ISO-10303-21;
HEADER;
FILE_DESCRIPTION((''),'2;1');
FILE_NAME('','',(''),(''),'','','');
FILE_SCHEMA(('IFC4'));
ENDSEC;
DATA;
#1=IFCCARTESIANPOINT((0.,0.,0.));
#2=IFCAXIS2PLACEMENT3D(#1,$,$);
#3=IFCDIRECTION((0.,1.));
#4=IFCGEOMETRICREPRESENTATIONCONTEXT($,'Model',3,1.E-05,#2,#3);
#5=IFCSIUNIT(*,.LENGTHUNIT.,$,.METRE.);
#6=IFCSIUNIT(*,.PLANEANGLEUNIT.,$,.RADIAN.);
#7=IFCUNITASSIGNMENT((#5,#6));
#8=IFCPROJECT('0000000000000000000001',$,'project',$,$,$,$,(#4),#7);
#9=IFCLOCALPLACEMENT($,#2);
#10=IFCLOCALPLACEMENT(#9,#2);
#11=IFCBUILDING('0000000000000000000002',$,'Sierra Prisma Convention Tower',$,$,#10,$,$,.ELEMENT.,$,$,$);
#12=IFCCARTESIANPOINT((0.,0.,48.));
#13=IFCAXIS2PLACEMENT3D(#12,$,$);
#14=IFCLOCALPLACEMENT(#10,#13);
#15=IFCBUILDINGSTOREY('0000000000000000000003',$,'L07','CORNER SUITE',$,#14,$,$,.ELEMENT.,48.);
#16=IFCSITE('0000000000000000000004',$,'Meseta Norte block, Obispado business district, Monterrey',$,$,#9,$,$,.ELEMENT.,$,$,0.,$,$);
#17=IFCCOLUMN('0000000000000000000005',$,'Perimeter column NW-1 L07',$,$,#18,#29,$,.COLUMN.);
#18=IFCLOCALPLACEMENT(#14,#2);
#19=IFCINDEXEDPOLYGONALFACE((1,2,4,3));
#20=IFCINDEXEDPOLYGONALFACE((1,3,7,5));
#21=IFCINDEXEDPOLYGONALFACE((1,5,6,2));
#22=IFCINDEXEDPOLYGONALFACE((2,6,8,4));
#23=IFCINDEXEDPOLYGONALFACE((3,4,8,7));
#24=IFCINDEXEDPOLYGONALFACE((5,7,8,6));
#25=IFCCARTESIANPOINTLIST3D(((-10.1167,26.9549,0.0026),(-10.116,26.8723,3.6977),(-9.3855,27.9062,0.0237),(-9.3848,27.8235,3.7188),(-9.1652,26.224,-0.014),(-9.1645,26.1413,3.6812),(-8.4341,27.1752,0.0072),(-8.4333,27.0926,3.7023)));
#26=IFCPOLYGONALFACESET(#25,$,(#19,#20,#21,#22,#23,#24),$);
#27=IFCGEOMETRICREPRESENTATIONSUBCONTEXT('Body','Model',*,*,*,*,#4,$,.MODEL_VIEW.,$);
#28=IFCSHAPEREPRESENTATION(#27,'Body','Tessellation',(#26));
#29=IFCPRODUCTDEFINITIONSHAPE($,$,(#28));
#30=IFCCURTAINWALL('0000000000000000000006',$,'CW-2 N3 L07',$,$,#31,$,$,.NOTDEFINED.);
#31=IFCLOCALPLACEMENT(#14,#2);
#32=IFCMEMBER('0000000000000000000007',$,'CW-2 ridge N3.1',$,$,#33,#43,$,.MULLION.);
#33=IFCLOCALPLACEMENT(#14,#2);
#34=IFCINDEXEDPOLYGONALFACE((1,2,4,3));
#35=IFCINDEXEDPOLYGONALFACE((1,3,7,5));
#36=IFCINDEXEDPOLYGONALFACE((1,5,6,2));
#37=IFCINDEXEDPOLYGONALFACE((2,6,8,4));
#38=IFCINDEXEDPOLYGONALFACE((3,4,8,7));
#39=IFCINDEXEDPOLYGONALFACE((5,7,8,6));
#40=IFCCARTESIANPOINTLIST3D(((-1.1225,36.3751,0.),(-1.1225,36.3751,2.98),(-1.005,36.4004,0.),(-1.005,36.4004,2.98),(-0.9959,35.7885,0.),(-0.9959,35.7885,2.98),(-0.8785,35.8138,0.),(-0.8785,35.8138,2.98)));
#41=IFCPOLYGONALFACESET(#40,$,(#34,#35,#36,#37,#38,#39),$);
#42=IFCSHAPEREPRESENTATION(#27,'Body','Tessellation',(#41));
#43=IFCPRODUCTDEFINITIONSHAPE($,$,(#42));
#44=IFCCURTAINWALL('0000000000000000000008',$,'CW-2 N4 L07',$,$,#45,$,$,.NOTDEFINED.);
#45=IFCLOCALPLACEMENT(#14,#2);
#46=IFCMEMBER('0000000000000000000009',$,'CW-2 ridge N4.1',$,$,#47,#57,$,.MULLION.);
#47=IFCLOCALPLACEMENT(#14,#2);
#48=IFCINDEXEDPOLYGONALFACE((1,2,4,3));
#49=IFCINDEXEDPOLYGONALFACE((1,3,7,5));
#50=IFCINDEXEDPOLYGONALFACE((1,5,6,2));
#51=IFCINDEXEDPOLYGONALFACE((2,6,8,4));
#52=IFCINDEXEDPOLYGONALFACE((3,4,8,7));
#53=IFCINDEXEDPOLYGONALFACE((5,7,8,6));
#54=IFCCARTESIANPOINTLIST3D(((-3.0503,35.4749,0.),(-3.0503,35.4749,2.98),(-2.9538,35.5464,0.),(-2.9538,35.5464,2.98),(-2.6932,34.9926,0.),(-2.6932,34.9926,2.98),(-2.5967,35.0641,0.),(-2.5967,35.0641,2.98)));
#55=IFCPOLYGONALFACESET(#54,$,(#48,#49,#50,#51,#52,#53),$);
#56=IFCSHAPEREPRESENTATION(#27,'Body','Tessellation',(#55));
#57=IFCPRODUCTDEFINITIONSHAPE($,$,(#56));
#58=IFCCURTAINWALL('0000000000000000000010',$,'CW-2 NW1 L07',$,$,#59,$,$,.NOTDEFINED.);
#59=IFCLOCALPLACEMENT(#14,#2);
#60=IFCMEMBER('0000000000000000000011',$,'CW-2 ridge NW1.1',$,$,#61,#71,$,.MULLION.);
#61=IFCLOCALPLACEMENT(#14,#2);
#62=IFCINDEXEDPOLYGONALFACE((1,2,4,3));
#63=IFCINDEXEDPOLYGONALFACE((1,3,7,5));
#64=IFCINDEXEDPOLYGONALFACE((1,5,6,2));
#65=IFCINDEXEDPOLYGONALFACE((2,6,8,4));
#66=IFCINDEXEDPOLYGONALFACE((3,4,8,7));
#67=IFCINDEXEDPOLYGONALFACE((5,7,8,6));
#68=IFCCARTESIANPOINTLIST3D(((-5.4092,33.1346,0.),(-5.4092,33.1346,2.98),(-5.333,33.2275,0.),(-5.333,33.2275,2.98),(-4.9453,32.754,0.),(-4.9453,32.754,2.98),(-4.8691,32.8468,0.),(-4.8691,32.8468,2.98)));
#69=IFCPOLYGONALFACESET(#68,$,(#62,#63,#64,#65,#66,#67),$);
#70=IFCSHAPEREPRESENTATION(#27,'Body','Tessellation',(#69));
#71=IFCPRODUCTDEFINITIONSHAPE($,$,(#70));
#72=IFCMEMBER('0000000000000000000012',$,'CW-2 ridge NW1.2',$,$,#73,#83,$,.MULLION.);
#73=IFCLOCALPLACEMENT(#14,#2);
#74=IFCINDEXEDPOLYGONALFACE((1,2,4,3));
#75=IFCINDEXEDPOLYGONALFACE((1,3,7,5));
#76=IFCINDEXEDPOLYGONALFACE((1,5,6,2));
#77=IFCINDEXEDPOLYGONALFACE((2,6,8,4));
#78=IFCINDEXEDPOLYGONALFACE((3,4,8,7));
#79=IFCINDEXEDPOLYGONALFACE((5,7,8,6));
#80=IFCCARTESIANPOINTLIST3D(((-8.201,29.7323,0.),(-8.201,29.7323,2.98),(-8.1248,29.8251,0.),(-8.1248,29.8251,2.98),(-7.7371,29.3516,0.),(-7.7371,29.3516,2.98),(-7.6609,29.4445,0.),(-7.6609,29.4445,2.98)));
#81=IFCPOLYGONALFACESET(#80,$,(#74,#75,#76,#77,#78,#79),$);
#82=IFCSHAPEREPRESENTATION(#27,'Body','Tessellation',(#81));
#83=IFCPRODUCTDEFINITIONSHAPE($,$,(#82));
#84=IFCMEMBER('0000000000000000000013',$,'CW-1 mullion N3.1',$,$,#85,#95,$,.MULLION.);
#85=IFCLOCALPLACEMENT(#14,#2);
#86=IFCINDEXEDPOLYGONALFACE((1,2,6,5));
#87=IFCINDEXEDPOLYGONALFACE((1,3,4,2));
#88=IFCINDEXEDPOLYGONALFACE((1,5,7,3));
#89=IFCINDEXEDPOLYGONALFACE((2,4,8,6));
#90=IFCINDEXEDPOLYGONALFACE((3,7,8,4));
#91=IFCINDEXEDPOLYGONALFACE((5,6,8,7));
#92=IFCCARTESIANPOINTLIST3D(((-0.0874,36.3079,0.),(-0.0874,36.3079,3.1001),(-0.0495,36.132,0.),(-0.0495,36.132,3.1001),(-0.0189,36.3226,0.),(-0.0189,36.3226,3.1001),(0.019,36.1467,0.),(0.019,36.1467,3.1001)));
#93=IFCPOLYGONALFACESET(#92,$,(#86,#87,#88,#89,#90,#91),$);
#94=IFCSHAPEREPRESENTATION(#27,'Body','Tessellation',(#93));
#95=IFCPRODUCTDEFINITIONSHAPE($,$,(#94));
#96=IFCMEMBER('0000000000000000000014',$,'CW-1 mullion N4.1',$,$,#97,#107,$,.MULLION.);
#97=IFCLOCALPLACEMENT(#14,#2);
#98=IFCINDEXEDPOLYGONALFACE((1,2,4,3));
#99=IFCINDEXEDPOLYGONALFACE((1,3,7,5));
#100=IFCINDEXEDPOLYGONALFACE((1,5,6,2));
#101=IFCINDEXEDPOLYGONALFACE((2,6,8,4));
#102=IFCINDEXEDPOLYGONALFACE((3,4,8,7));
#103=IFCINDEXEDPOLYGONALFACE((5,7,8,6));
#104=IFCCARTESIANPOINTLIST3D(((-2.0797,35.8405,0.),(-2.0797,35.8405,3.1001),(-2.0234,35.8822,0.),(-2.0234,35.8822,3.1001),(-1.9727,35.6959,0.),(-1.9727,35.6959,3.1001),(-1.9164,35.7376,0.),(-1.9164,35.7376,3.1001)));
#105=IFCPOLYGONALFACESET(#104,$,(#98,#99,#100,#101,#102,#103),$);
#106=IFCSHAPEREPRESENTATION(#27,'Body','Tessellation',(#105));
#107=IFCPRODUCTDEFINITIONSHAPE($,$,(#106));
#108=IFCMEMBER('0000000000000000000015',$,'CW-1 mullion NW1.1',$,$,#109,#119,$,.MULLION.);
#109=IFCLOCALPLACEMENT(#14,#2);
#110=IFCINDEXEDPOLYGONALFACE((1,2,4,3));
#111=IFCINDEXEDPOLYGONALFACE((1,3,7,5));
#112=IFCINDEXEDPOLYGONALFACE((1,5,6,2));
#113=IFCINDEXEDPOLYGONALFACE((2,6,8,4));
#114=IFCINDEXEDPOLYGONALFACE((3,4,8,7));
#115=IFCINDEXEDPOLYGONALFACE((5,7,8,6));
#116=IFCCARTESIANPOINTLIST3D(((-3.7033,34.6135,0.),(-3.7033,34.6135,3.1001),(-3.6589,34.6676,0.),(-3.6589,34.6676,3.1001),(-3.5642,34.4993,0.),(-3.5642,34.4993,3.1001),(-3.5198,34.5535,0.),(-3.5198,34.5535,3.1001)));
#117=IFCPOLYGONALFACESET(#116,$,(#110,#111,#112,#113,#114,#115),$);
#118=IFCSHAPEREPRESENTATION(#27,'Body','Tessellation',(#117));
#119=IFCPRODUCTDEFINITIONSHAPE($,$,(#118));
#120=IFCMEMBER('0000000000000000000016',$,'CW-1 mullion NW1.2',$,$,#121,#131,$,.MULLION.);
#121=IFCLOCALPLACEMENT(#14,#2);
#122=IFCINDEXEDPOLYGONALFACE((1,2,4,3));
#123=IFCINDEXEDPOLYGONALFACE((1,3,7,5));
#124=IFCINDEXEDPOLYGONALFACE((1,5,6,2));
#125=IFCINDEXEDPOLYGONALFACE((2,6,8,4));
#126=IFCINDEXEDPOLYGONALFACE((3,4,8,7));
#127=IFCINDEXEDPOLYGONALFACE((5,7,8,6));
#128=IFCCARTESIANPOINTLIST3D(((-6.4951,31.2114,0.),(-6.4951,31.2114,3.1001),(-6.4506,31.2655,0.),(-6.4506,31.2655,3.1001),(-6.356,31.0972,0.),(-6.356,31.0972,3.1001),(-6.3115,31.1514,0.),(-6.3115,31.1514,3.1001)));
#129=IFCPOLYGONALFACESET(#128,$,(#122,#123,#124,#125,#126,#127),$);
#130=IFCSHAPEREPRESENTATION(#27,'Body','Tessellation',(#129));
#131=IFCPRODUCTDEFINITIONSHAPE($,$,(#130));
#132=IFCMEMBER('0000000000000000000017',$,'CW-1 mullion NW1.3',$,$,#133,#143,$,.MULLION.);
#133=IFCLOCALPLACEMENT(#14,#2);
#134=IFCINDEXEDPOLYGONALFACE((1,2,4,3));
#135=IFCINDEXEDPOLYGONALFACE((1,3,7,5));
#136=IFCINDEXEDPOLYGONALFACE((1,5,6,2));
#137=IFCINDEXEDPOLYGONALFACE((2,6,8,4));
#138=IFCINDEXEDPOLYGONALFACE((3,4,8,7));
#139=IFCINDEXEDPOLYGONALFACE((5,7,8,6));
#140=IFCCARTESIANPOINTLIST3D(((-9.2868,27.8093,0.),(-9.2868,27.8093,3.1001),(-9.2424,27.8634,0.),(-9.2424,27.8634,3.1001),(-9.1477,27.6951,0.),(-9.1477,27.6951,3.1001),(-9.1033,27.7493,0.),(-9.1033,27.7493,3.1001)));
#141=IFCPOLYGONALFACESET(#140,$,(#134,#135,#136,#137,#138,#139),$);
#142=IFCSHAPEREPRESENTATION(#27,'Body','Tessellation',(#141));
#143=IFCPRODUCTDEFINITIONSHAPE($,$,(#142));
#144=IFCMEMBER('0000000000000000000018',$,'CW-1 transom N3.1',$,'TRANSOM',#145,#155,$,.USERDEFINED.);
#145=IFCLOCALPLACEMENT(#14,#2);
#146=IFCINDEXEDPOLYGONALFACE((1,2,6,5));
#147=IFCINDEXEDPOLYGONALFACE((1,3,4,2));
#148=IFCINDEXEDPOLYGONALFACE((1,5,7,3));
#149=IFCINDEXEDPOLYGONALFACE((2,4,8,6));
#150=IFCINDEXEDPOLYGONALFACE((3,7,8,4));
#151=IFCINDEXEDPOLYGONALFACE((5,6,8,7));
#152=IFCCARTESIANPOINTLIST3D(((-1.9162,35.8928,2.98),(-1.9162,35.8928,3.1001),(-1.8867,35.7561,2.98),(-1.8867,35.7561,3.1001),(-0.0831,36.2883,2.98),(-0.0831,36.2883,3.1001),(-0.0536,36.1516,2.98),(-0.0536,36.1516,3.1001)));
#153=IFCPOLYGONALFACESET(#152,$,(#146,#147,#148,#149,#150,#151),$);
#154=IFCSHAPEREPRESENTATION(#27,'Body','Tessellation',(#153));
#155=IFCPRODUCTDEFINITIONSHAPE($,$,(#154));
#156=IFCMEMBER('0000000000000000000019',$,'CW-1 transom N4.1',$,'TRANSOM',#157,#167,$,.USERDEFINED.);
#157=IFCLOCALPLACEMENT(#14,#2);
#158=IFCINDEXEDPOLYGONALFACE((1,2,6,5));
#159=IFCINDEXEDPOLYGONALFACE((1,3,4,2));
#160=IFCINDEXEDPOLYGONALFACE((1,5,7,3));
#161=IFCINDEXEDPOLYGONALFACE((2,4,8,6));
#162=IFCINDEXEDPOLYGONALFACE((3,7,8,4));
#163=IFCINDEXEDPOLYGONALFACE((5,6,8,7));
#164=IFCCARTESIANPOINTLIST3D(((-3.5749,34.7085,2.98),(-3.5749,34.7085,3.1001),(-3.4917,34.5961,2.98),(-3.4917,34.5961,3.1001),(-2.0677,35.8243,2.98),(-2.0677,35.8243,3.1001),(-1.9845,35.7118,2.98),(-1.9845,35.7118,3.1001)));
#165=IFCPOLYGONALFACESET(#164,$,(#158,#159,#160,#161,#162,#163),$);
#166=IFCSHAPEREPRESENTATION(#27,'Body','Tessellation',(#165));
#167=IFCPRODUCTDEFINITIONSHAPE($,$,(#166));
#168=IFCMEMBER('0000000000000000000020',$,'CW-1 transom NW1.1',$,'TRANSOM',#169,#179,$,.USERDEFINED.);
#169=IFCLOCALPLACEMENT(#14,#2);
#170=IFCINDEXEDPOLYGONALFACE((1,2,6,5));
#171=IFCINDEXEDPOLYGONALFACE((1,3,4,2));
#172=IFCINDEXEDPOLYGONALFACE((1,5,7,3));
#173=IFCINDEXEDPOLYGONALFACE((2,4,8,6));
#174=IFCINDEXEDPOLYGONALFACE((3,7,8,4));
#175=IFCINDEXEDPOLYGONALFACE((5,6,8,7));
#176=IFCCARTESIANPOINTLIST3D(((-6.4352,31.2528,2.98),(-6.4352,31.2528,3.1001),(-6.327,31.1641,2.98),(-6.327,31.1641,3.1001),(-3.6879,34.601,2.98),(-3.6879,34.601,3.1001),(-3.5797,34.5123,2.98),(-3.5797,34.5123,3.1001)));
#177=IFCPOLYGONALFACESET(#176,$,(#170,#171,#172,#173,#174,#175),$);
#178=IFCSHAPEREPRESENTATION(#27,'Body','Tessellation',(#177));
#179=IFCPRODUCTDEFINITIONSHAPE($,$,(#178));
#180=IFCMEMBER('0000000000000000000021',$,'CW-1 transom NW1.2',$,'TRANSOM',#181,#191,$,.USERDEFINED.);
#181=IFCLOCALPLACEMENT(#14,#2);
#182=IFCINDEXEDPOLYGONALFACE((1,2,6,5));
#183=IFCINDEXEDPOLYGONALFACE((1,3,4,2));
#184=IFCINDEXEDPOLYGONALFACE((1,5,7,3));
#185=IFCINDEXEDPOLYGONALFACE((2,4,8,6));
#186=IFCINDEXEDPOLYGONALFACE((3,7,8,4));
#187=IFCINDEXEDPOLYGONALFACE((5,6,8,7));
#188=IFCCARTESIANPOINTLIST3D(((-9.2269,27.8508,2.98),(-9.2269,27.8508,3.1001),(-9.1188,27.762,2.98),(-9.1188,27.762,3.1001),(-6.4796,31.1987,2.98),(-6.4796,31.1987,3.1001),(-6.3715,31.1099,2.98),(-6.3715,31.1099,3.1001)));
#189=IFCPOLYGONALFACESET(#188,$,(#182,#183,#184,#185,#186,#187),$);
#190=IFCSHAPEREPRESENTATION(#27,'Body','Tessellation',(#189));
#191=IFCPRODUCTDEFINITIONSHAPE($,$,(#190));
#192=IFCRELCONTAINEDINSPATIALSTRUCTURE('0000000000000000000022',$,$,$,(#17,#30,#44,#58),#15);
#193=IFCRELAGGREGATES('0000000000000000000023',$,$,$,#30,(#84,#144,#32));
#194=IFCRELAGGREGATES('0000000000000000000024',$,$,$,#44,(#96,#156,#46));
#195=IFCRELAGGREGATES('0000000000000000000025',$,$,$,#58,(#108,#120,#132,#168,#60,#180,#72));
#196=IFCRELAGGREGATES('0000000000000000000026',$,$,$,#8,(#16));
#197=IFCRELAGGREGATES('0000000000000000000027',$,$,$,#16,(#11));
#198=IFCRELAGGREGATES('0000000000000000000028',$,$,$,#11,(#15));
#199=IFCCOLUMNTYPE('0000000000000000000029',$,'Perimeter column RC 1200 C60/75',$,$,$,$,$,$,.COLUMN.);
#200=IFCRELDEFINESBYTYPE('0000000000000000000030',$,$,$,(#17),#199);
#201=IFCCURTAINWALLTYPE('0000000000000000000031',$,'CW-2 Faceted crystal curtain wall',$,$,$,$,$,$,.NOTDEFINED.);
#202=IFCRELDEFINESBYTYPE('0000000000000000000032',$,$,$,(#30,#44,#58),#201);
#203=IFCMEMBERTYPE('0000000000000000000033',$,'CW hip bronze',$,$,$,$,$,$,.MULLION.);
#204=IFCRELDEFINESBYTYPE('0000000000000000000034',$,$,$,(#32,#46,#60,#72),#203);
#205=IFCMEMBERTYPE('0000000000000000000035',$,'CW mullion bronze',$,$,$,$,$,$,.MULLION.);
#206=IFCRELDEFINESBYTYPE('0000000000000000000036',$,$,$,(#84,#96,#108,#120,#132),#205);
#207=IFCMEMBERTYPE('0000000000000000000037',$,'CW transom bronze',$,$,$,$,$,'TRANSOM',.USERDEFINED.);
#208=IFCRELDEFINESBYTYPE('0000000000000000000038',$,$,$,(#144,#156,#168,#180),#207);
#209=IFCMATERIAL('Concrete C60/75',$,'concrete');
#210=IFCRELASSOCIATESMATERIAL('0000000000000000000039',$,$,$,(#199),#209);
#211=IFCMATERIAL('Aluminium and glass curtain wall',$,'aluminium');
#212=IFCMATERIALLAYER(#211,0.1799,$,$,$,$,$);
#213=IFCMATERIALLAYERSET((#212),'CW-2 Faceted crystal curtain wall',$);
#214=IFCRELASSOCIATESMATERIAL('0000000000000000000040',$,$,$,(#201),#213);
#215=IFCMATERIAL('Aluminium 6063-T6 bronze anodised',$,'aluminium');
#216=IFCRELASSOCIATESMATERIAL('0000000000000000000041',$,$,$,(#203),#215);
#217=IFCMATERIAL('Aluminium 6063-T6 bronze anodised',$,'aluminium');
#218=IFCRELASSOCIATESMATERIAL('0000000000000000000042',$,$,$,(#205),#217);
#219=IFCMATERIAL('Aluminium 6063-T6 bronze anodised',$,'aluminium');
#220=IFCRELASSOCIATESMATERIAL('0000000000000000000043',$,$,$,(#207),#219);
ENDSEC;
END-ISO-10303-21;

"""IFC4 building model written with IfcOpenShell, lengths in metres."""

from ifc_helpers import new_model, si_unit, direction, frame, origin, origin_2d, place, context, subcontext, project, spatial, rectangle, extrude, clip, halfspace, material, layer, layer_set, material_profile, profile_set, type_object, element, aggregate, save


model = new_model("IFC4")

# Units and contexts
model_context = context("Model", 3, precision=1e-05, world=origin(), true_north=direction((0.0, 1.0)))
body_context = subcontext(model_context, "Body", "Model", "MODEL_VIEW")
ifc_project = project(units=[si_unit("LENGTHUNIT", "METRE"), si_unit("PLANEANGLEUNIT", "RADIAN")], contexts=[model_context])

# Site, building, storey
site_placement = place(None, origin())
site = spatial("IfcSite", under=ifc_project, at=site_placement, Name="Meseta Norte block, Obispado business district, Monterrey", CompositionType="ELEMENT", RefElevation=0.0)
building_placement = place(site_placement, origin())
building = spatial("IfcBuilding", under=site, at=building_placement, Name="Sierra Prisma Convention Tower", CompositionType="ELEMENT")
storey_placement = place(building_placement, frame((0.0, 0.0, 48.0)))
storey = spatial("IfcBuildingStorey", under=building, at=storey_placement, Name="L07", Description="CORNER SUITE", CompositionType="ELEMENT", Elevation=48.0)

# Column
ifc_material_1 = material(Name="Concrete C60/75", Category="concrete")
ifc_material_profile_1 = material_profile(ifc_material_1, rectangle(XDim=1.2, YDim=1.2, at=origin_2d()), Name="Perimeter column RC 1200 C60/75")
ifc_profile_set_1 = profile_set([ifc_material_profile_1], Name="Concrete C60/75")
column_type = type_object("IfcColumnType", Name="Perimeter column RC 1200 C60/75", PredefinedType="COLUMN", material=ifc_profile_set_1)
column_placement = place(storey_placement, frame((-9.2754, 27.0652, 0.0), z_axis=(0.000198, -0.022363, 0.99975), x_axis=(0.609322, 0.792727, 0.017612)))
element("IfcColumn", 1, at=column_placement, inside=storey, type_object=column_type, Name="Perimeter column NW-1 L07", PredefinedType="COLUMN", context=body_context, shape_type="SweptSolid", body=[
    clip(extrude(rectangle(XDim=1.2, YDim=1.2, at=origin_2d()), origin(), (0.0, 0.0, 1.0), 3.7009), halfspace(frame((0.0, 0.0, 0.0049)), True)),
])

# Curtain walls, members
ifc_material_2 = material(Name="Aluminium and glass curtain wall", Category="aluminium")
ifc_layer_1 = layer(ifc_material_2, 0.1799)
ifc_layer_set_1 = layer_set([ifc_layer_1], Name="CW-2 Faceted crystal curtain wall")
curtain_wall_type = type_object("IfcCurtainWallType", Name="CW-2 Faceted crystal curtain wall", PredefinedType="NOTDEFINED", material=ifc_layer_set_1)
curtain_wall_1_placement = place(storey_placement, origin())
curtain_wall_1 = element("IfcCurtainWall", 2, at=curtain_wall_1_placement, inside=storey, type_object=curtain_wall_type, Name="CW-2 N3 L07", PredefinedType="NOTDEFINED")
ifc_material_3 = material(Name="Aluminium 6063-T6 bronze anodised", Category="aluminium")
ifc_material_profile_2 = material_profile(ifc_material_3, rectangle(XDim=0.1201, YDim=0.6001, at=origin_2d()), Name="ALU RIDGE BLADE 120x600")
ifc_profile_set_2 = profile_set([ifc_material_profile_2], Name="Aluminium 6063-T6 bronze anodised")
member_type_1 = type_object("IfcMemberType", Name="CW hip bronze", PredefinedType="MULLION", material=ifc_profile_set_2)
member_1_placement = place(storey_placement, frame((-1.0005, 36.0945, 0.0), z_axis=(0.0, 0.0, 1.0), x_axis=(-0.977518, -0.210853, 0.0)))
member_1 = element("IfcMember", 3, at=member_1_placement, type_object=member_type_1, Name="CW-2 ridge N3.1", PredefinedType="MULLION", context=body_context, shape_type="SweptSolid", body=[
    extrude(rectangle(XDim=0.1201, YDim=0.6001, at=origin_2d()), origin(), (0.0, 0.0, 1.0), 2.98),
])
curtain_wall_2_placement = place(storey_placement, origin())
curtain_wall_2 = element("IfcCurtainWall", 4, at=curtain_wall_2_placement, inside=storey, type_object=curtain_wall_type, Name="CW-2 N4 L07", PredefinedType="NOTDEFINED")
member_2_placement = place(storey_placement, frame((-2.8235, 35.2695, 0.0), z_axis=(0.0, 0.0, 1.0), x_axis=(-0.80368, -0.595061, 0.0)))
member_2 = element("IfcMember", 5, at=member_2_placement, type_object=member_type_1, Name="CW-2 ridge N4.1", PredefinedType="MULLION", context=body_context, shape_type="SweptSolid", body=[
    extrude(rectangle(XDim=0.1201, YDim=0.6001, at=origin_2d()), origin(), (0.0, 0.0, 1.0), 2.98),
])

# Curtain wall, members
curtain_wall_3_placement = place(storey_placement, origin())
curtain_wall_3 = element("IfcCurtainWall", 6, at=curtain_wall_3_placement, inside=storey, type_object=curtain_wall_type, Name="CW-2 NW1 L07", PredefinedType="NOTDEFINED")
member_3_placement = place(storey_placement, frame((-5.1392, 32.9907, 0.0), z_axis=(0.0, 0.0, 1.0), x_axis=(-0.634349, -0.773047, 0.0)))
member_3 = element("IfcMember", 7, at=member_3_placement, type_object=member_type_1, Name="CW-2 ridge NW1.1", PredefinedType="MULLION", context=body_context, shape_type="SweptSolid", body=[
    extrude(rectangle(XDim=0.1201, YDim=0.6001, at=origin_2d()), origin(), (0.0, 0.0, 1.0), 2.98),
])
member_4_placement = place(storey_placement, frame((-7.9309, 29.5884, 0.0), z_axis=(0.0, 0.0, 1.0), x_axis=(-0.634349, -0.773047, 0.0)))
member_4 = element("IfcMember", 8, at=member_4_placement, type_object=member_type_1, Name="CW-2 ridge NW1.2", PredefinedType="MULLION", context=body_context, shape_type="SweptSolid", body=[
    extrude(rectangle(XDim=0.1201, YDim=0.6001, at=origin_2d()), origin(), (0.0, 0.0, 1.0), 2.98),
])

# Members
ifc_material_4 = material(Name="Aluminium 6063-T6 bronze anodised", Category="aluminium")
ifc_material_profile_3 = material_profile(ifc_material_4, rectangle(XDim=0.1799, YDim=0.0701, at=origin_2d()), Name="ALU MULLION 70x180")
ifc_profile_set_3 = profile_set([ifc_material_profile_3], Name="Aluminium 6063-T6 bronze anodised")
member_type_2 = type_object("IfcMemberType", Name="CW mullion bronze", PredefinedType="MULLION", material=ifc_profile_set_3)
member_5_placement = place(storey_placement, frame((-0.0342, 36.2273, 0.0), z_axis=(0.0, 0.0, 1.0), x_axis=(0.210853, -0.977518, 0.0)))
member_5 = element("IfcMember", 9, at=member_5_placement, type_object=member_type_2, Name="CW-1 mullion N3.1", PredefinedType="MULLION", context=body_context, shape_type="SweptSolid", body=[
    extrude(rectangle(XDim=0.1799, YDim=0.0701, at=origin_2d()), origin(), (0.0, 0.0, 1.0), 3.1001),
])
member_6_placement = place(storey_placement, frame((-1.998, 35.7891, 0.0), z_axis=(0.0, 0.0, 1.0), x_axis=(0.595061, -0.80368, 0.0)))
member_6 = element("IfcMember", 10, at=member_6_placement, type_object=member_type_2, Name="CW-1 mullion N4.1", PredefinedType="MULLION", context=body_context, shape_type="SweptSolid", body=[
    extrude(rectangle(XDim=0.1799, YDim=0.0701, at=origin_2d()), origin(), (0.0, 0.0, 1.0), 3.1001),
])
member_7_placement = place(storey_placement, frame((-3.6116, 34.5835, 0.0), z_axis=(0.0, 0.0, 1.0), x_axis=(0.773047, -0.634349, 0.0)))
member_7 = element("IfcMember", 11, at=member_7_placement, type_object=member_type_2, Name="CW-1 mullion NW1.1", PredefinedType="MULLION", context=body_context, shape_type="SweptSolid", body=[
    extrude(rectangle(XDim=0.1799, YDim=0.0701, at=origin_2d()), origin(), (0.0, 0.0, 1.0), 3.1001),
])
member_8_placement = place(storey_placement, frame((-6.4033, 31.1814, 0.0), z_axis=(0.0, 0.0, 1.0), x_axis=(0.773047, -0.634349, 0.0)))
member_8 = element("IfcMember", 12, at=member_8_placement, type_object=member_type_2, Name="CW-1 mullion NW1.2", PredefinedType="MULLION", context=body_context, shape_type="SweptSolid", body=[
    extrude(rectangle(XDim=0.1799, YDim=0.0701, at=origin_2d()), origin(), (0.0, 0.0, 1.0), 3.1001),
])
member_9_placement = place(storey_placement, frame((-9.1951, 27.7793, 0.0), z_axis=(0.0, 0.0, 1.0), x_axis=(0.773047, -0.634349, 0.0)))
member_9 = element("IfcMember", 13, at=member_9_placement, type_object=member_type_2, Name="CW-1 mullion NW1.3", PredefinedType="MULLION", context=body_context, shape_type="SweptSolid", body=[
    extrude(rectangle(XDim=0.1799, YDim=0.0701, at=origin_2d()), origin(), (0.0, 0.0, 1.0), 3.1001),
])
ifc_material_5 = material(Name="Aluminium 6063-T6 bronze anodised", Category="aluminium")
ifc_material_profile_4 = material_profile(ifc_material_5, rectangle(XDim=0.1399, YDim=0.1201, at=origin_2d()), Name="ALU TRANSOM 120x140")
ifc_profile_set_4 = profile_set([ifc_material_profile_4], Name="Aluminium 6063-T6 bronze anodised")
member_type_3 = type_object("IfcMemberType", Name="CW transom bronze", ElementType="TRANSOM", PredefinedType="USERDEFINED", material=ifc_profile_set_4)
member_10_placement = place(storey_placement, frame((-0.0684, 36.22, 3.04), z_axis=(-0.977504, -0.210916, 0.0), x_axis=(0.210916, -0.977504, 0.0)))
member_10 = element("IfcMember", 14, at=member_10_placement, type_object=member_type_3, Name="CW-1 transom N3.1", ObjectType="TRANSOM", PredefinedType="USERDEFINED", context=body_context, shape_type="SweptSolid", body=[
    extrude(rectangle(XDim=0.1399, YDim=0.1201, at=origin_2d()), origin(), (0.0, 0.0, 1.0), 1.8752),
])
member_11_placement = place(storey_placement, frame((-2.0261, 35.7681, 3.04), z_axis=(-0.803719, -0.59501, 0.0), x_axis=(0.59501, -0.803719, 0.0)))
member_11 = element("IfcMember", 15, at=member_11_placement, type_object=member_type_3, Name="CW-1 transom N4.1", ObjectType="TRANSOM", PredefinedType="USERDEFINED", context=body_context, shape_type="SweptSolid", body=[
    extrude(rectangle(XDim=0.1399, YDim=0.1201, at=origin_2d()), origin(), (0.0, 0.0, 1.0), 1.8752),
])
member_12_placement = place(storey_placement, frame((-3.6338, 34.5566, 3.04), z_axis=(-0.634333, -0.77306, 0.0), x_axis=(0.77306, -0.634333, 0.0)))
member_12 = element("IfcMember", 16, at=member_12_placement, type_object=member_type_3, Name="CW-1 transom NW1.1", ObjectType="TRANSOM", PredefinedType="USERDEFINED", context=body_context, shape_type="SweptSolid", body=[
    extrude(rectangle(XDim=0.1399, YDim=0.1201, at=origin_2d()), origin(), (0.0, 0.0, 1.0), 4.3311),
])
member_13_placement = place(storey_placement, frame((-6.4255, 31.1543, 3.04), z_axis=(-0.634361, -0.773037, 0.0), x_axis=(0.773037, -0.634361, 0.0)))
member_13 = element("IfcMember", 17, at=member_13_placement, type_object=member_type_3, Name="CW-1 transom NW1.2", ObjectType="TRANSOM", PredefinedType="USERDEFINED", context=body_context, shape_type="SweptSolid", body=[
    extrude(rectangle(XDim=0.1399, YDim=0.1201, at=origin_2d()), origin(), (0.0, 0.0, 1.0), 4.3308),
])

aggregate(curtain_wall_1, [member_5, member_10, member_1])
aggregate(curtain_wall_2, [member_6, member_11, member_2])
aggregate(curtain_wall_3, [member_7, member_8, member_9, member_12, member_3, member_13, member_4])

save(model, "model.ifc")
